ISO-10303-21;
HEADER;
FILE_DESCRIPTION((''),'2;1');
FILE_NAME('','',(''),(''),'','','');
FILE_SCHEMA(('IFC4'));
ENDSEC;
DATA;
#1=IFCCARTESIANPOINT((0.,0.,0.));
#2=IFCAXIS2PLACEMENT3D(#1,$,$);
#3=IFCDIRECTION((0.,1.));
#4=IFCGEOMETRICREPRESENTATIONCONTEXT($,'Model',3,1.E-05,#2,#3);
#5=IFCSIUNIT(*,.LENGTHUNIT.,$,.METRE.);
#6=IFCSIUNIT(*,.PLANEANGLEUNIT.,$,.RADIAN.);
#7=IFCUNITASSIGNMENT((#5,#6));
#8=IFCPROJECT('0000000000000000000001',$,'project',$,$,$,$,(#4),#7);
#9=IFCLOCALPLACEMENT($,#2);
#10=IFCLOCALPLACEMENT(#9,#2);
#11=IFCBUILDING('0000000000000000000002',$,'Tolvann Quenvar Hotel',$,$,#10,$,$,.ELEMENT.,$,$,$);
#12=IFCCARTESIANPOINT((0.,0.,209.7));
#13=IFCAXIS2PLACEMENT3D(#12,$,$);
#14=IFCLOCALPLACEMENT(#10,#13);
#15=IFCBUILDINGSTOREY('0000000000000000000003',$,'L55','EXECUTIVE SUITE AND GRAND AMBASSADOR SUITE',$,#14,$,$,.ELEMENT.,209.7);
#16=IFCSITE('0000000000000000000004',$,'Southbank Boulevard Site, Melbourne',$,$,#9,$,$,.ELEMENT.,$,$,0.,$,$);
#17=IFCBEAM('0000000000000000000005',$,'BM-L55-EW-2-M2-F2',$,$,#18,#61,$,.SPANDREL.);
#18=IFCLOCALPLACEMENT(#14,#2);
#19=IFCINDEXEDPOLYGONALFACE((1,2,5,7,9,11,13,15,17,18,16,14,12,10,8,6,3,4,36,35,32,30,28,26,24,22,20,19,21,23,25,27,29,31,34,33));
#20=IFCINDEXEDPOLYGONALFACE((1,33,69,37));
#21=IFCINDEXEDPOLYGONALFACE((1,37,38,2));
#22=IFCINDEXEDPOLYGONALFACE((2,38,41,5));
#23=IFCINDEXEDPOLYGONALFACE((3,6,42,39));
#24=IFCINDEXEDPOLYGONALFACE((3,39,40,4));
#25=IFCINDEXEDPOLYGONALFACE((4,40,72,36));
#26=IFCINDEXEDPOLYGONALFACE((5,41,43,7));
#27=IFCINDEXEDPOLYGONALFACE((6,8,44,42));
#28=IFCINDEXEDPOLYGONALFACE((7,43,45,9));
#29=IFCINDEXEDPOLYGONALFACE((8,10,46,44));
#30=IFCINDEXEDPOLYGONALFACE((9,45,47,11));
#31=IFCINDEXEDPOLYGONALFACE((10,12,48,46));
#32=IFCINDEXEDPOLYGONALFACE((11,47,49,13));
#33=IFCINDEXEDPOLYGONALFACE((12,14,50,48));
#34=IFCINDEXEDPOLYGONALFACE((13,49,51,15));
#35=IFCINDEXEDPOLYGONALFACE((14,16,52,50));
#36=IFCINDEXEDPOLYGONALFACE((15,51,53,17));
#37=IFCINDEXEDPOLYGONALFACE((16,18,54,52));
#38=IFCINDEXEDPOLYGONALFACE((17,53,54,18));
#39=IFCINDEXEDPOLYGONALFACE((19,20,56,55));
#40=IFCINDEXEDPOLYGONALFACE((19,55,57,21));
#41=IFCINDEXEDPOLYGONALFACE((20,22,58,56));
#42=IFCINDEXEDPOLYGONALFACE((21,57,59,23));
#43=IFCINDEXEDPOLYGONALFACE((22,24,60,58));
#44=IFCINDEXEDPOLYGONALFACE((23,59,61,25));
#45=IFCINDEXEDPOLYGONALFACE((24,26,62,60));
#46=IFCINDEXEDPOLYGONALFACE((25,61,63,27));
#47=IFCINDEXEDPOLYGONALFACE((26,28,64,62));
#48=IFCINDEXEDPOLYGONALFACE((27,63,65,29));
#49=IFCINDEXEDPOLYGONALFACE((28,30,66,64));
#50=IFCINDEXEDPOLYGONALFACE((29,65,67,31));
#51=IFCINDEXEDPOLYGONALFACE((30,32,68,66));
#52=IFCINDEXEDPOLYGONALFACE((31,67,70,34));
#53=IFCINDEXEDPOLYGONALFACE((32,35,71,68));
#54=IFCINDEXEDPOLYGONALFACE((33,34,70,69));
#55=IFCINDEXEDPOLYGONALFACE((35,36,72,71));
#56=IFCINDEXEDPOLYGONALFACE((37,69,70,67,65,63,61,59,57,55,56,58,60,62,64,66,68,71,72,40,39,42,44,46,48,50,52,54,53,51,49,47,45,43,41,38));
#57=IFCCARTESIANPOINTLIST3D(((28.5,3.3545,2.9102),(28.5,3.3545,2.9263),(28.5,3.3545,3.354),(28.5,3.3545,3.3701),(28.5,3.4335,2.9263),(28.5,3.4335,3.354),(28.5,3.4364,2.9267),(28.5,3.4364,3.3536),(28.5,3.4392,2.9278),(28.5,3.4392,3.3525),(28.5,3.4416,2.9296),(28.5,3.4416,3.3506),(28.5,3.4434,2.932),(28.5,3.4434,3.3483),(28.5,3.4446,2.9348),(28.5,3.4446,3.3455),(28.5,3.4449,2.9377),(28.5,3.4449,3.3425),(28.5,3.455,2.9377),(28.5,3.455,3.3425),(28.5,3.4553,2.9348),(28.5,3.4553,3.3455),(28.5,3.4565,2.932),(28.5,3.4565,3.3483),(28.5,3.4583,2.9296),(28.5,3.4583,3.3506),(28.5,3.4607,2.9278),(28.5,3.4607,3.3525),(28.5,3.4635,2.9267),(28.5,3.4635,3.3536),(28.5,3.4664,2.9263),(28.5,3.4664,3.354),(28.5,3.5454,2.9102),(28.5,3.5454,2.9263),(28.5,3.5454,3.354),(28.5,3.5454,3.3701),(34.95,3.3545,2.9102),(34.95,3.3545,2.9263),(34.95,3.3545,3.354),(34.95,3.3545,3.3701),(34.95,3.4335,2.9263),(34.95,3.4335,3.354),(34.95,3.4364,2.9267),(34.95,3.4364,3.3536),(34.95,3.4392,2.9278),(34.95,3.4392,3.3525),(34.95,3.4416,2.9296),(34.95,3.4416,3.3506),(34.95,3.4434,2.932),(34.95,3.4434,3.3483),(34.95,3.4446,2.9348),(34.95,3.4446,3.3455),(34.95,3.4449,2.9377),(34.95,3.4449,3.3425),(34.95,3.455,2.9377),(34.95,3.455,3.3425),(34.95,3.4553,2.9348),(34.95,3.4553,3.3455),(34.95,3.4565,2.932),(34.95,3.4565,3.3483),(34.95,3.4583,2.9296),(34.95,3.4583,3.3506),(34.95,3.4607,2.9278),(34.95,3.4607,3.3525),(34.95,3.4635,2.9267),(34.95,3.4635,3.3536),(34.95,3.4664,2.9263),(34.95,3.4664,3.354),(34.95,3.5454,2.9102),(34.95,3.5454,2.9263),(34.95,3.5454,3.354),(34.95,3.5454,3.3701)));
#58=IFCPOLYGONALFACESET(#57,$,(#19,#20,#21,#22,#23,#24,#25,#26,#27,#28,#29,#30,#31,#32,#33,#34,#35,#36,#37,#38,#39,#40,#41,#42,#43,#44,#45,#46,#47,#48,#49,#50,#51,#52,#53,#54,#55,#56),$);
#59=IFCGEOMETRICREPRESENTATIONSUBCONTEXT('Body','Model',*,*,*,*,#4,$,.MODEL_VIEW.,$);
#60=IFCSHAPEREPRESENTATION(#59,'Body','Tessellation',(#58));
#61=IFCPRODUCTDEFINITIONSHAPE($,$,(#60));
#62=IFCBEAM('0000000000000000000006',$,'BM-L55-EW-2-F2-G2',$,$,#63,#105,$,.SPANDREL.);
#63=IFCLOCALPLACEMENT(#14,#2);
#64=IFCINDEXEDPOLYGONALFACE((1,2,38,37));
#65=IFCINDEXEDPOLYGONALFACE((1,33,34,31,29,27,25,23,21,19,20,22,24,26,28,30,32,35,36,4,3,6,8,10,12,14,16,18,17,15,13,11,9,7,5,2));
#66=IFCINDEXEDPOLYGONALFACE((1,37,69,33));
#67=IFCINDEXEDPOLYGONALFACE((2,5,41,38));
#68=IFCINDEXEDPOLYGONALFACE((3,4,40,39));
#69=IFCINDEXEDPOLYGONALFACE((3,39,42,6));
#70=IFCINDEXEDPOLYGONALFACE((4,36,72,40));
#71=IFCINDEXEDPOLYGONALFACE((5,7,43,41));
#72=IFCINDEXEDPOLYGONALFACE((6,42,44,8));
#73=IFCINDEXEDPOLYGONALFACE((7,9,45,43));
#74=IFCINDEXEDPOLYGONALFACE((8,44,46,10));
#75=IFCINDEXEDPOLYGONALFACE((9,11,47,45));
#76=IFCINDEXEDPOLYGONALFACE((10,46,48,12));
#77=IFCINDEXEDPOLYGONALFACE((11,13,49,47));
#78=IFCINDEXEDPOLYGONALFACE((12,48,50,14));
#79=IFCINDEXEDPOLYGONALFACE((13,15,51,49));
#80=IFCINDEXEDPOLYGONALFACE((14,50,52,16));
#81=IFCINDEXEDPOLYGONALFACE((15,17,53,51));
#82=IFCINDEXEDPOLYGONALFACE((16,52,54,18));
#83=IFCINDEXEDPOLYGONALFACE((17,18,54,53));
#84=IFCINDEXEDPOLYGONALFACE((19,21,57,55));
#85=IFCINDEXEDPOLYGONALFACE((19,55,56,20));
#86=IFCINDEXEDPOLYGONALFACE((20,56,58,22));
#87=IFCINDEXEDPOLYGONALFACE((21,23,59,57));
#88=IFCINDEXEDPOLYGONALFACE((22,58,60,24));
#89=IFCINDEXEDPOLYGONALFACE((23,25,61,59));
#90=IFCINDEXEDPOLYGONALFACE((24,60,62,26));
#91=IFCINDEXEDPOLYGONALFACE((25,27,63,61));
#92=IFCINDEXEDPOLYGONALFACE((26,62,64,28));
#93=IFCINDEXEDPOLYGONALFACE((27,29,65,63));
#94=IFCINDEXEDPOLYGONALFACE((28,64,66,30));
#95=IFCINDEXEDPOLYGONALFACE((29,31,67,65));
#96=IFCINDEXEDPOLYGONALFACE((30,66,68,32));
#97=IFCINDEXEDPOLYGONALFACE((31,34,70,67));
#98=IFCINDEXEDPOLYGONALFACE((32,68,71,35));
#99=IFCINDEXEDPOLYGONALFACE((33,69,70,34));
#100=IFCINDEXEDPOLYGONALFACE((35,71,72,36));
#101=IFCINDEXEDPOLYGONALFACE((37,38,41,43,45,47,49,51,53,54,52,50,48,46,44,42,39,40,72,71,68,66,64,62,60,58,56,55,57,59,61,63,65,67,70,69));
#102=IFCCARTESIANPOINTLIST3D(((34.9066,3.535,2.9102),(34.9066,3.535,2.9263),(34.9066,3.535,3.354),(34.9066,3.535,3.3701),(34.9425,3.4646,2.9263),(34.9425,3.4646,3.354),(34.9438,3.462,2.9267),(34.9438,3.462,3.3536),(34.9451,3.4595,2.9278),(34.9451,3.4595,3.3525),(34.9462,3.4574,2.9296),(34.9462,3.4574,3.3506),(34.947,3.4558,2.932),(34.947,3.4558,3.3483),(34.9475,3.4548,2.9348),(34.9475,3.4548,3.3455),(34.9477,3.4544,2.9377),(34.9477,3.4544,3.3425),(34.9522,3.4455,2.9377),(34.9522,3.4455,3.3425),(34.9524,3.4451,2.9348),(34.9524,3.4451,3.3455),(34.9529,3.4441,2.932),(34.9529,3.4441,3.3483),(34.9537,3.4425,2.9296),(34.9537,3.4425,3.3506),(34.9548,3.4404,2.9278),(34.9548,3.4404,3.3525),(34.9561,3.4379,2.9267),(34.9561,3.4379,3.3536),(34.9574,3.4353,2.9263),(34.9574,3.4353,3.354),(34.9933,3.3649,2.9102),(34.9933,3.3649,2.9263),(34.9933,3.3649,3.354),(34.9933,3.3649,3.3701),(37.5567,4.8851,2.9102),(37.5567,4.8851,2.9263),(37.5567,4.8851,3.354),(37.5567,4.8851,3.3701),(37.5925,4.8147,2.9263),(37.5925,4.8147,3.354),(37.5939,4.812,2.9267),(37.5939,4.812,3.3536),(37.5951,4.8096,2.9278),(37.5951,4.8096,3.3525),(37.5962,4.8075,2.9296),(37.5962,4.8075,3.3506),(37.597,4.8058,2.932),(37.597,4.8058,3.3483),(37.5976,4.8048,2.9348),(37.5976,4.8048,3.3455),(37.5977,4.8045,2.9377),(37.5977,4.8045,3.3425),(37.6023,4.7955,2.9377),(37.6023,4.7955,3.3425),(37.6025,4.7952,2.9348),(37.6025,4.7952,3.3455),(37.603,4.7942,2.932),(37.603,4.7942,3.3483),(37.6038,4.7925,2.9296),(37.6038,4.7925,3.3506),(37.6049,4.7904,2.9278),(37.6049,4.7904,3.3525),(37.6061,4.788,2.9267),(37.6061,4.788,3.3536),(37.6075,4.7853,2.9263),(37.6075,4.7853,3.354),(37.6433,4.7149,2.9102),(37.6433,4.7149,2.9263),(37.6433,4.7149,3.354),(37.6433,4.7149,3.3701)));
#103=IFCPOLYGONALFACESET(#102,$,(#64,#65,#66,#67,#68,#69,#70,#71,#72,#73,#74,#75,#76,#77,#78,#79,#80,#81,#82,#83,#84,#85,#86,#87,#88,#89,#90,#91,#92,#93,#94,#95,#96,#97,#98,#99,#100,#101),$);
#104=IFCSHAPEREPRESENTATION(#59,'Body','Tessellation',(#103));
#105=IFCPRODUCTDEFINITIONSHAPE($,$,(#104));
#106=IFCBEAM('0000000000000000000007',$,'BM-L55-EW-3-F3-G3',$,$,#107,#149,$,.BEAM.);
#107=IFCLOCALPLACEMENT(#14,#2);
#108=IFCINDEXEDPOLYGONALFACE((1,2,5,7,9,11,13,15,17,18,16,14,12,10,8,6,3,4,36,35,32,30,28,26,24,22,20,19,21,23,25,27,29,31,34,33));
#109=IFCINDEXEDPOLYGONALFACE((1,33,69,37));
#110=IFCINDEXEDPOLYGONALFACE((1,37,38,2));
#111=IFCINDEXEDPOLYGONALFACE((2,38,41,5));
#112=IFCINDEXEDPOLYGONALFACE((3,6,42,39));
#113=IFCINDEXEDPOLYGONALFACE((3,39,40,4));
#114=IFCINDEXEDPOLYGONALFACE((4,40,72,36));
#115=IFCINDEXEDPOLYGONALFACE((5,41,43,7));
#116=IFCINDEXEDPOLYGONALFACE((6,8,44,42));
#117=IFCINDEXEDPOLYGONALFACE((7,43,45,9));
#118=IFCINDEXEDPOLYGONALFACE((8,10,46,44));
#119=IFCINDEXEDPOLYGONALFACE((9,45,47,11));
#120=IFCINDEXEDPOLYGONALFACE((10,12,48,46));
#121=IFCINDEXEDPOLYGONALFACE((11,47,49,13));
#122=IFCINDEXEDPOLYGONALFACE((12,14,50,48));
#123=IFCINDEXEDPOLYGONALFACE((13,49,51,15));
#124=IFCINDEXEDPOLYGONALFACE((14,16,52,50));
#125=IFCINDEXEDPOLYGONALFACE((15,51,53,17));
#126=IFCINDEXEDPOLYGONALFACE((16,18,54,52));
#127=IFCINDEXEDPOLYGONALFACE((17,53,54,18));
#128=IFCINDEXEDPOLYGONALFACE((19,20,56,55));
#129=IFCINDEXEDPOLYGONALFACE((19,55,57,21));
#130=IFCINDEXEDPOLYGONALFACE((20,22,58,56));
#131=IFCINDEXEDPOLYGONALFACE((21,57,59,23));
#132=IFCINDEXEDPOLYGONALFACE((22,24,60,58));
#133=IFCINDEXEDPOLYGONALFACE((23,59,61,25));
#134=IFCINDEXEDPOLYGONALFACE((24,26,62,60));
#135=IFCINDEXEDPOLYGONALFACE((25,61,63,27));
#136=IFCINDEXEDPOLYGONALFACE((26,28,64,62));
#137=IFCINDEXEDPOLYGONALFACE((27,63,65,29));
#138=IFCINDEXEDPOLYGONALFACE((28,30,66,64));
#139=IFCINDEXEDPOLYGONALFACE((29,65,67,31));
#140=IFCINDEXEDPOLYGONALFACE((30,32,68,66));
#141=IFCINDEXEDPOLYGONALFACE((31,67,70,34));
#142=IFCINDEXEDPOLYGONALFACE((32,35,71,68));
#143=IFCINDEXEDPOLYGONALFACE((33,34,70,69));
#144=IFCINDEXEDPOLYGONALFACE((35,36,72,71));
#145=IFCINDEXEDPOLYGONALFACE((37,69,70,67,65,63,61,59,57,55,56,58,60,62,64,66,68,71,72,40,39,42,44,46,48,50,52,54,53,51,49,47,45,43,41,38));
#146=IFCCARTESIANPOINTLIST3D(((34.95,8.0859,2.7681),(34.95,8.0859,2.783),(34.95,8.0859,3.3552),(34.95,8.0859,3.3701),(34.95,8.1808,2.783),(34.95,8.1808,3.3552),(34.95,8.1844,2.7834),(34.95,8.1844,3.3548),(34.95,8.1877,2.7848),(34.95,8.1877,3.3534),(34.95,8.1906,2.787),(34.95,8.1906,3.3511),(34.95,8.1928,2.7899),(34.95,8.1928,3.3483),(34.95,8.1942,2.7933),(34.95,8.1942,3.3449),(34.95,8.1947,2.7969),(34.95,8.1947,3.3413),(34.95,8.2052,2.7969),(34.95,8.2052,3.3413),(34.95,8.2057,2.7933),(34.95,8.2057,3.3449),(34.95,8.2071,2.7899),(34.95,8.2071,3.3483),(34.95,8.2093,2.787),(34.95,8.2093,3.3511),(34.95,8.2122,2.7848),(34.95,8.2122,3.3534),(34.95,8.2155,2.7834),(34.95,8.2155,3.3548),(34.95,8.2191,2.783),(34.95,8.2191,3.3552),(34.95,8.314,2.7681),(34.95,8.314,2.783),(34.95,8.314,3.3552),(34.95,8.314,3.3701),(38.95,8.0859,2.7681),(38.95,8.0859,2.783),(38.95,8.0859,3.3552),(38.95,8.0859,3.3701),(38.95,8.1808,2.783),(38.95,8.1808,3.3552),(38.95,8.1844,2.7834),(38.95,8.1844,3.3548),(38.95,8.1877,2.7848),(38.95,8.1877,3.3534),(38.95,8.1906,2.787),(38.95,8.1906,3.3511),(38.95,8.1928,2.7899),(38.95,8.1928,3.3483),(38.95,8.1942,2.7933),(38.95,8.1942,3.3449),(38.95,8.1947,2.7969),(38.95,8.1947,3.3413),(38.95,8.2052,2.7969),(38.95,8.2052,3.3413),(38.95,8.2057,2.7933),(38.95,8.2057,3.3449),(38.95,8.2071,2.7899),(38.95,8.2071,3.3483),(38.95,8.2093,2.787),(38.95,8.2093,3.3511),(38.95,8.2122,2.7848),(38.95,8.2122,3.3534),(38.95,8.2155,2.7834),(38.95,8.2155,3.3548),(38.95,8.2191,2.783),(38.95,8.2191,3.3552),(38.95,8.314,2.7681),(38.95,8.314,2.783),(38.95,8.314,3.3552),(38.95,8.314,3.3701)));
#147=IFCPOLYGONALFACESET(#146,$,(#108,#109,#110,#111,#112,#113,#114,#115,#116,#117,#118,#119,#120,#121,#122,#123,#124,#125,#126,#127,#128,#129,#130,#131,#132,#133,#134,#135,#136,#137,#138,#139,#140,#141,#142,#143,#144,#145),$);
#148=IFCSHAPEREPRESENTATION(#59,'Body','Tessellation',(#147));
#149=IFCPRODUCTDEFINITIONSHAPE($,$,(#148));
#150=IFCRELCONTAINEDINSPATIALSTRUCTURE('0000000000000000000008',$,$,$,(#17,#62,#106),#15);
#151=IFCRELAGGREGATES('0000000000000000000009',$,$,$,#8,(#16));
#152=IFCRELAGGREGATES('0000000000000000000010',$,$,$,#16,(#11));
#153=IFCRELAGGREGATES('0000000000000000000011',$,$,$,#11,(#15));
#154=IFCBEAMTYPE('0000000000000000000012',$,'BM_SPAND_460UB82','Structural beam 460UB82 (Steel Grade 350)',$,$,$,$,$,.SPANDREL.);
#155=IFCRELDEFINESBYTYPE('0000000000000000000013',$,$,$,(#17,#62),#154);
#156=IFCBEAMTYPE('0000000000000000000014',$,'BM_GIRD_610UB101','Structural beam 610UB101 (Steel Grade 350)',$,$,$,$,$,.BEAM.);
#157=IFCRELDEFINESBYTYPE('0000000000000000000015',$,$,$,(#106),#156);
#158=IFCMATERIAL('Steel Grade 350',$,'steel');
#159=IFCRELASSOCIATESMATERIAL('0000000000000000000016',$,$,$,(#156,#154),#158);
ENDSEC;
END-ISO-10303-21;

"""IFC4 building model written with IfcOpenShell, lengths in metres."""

from ifc_helpers import new_model, si_unit, direction, frame, origin, origin_2d, place, context, subcontext, project, spatial, i_section, extrude, source, transform, mapped, material, material_profile, profile_set, type_object, type_shapes, element, save


model = new_model("IFC4")

# Units and contexts
model_context = context("Model", 3, precision=1e-05, world=origin(), true_north=direction((0.0, 1.0)))
body_context = subcontext(model_context, "Body", "Model", "MODEL_VIEW")
ifc_project = project(units=[si_unit("LENGTHUNIT", "METRE"), si_unit("PLANEANGLEUNIT", "RADIAN")], contexts=[model_context])

# Site, building, storey
site_placement = place(None, origin())
site = spatial("IfcSite", under=ifc_project, at=site_placement, Name="Southbank Boulevard Site, Melbourne", CompositionType="ELEMENT", RefElevation=0.0)
building_placement = place(site_placement, origin())
building = spatial("IfcBuilding", under=site, at=building_placement, Name="Tolvann Quenvar Hotel", CompositionType="ELEMENT")
storey_placement = place(building_placement, frame((0.0, 0.0, 209.7)))
storey = spatial("IfcBuildingStorey", under=building, at=storey_placement, Name="L55", Description="EXECUTIVE SUITE AND GRAND AMBASSADOR SUITE", CompositionType="ELEMENT", Elevation=209.7)

# Shared definitions
ifc_material_1 = material(Name="Steel Grade 350", Category="steel")

# Beams
ifc_material_profile_1 = material_profile(ifc_material_1, i_section(OverallWidth=0.228, OverallDepth=0.6021, WebThickness=0.0105, FlangeThickness=0.0149, FilletRadius=0.0139, at=origin_2d()), Name="610UB101")
ifc_profile_set_1 = profile_set([ifc_material_profile_1], Name="Steel Grade 350")
beam_type_1 = type_object("IfcBeamType", Name="BM_GIRD_610UB101", Description="Structural beam 610UB101 (Steel Grade 350)", PredefinedType="BEAM", material=ifc_profile_set_1)
ifc_material_profile_2 = material_profile(ifc_material_1, i_section(OverallWidth=0.1909, OverallDepth=0.46, WebThickness=0.01, FlangeThickness=0.0161, FilletRadius=0.0115, at=origin_2d()), Name="460UB82")
ifc_profile_set_2 = profile_set([ifc_material_profile_2], Name="Steel Grade 350")
beam_type_2 = type_object("IfcBeamType", Name="BM_SPAND_460UB82", Description="Structural beam 460UB82 (Steel Grade 350)", PredefinedType="SPANDREL", material=ifc_profile_set_2)
shared_shape_1 = source(origin(), body_context, "Body", "SweptSolid", [
    extrude(i_section(OverallWidth=0.1909, OverallDepth=0.46, WebThickness=0.01, FlangeThickness=0.0161, FilletRadius=0.0115, at=origin_2d()), origin(), (0.0, 0.0, 1.0), 6.45),
])
beam_1_placement = place(storey_placement, frame((28.5, 3.45, 3.1401), z_axis=(1.0, 0.0, 0.0), x_axis=(0.0, 1.0, 0.0)))
element("IfcBeam", 1, at=beam_1_placement, inside=storey, type_object=beam_type_2, Name="BM-L55-EW-2-M2-F2", PredefinedType="SPANDREL", context=body_context, shape_type="MappedRepresentation", body=[
    mapped(shared_shape_1, transform((0.0, 0.0, 0.0), x_axis=(1.0, 0.0, 0.0), y_axis=(0.0, 1.0, 0.0), z_axis=(0.0, 0.0, 1.0), scale=1.0)),
])
shared_shape_2 = source(origin(), body_context, "Body", "SweptSolid", [
    extrude(i_section(OverallWidth=0.1909, OverallDepth=0.46, WebThickness=0.01, FlangeThickness=0.0161, FilletRadius=0.0115, at=origin_2d()), origin(), (0.0, 0.0, 1.0), 2.9741),
])
type_shapes(beam_type_2, [shared_shape_1, shared_shape_2])
beam_2_placement = place(storey_placement, frame((34.95, 3.45, 3.1401), z_axis=(0.891036, 0.453932, 0.0), x_axis=(-0.453932, 0.891036, 0.0)))
element("IfcBeam", 2, at=beam_2_placement, inside=storey, type_object=beam_type_2, Name="BM-L55-EW-2-F2-G2", PredefinedType="SPANDREL", context=body_context, shape_type="MappedRepresentation", body=[
    mapped(shared_shape_2, transform((0.0, 0.0, 0.0), x_axis=(1.0, 0.0, 0.0), y_axis=(0.0, 1.0, 0.0), z_axis=(0.0, 0.0, 1.0), scale=1.0)),
])
shared_shape_3 = source(origin(), body_context, "Body", "SweptSolid", [
    extrude(i_section(OverallWidth=0.228, OverallDepth=0.6021, WebThickness=0.0105, FlangeThickness=0.0149, FilletRadius=0.0139, at=origin_2d()), origin(), (0.0, 0.0, 1.0), 4.0),
])
beam_3_placement = place(storey_placement, frame((34.95, 8.2, 3.0691), z_axis=(1.0, 0.0, 0.0), x_axis=(0.0, 1.0, 0.0)))
element("IfcBeam", 3, at=beam_3_placement, inside=storey, type_object=beam_type_1, Name="BM-L55-EW-3-F3-G3", PredefinedType="BEAM", context=body_context, shape_type="MappedRepresentation", body=[
    mapped(shared_shape_3, transform((0.0, 0.0, 0.0), x_axis=(1.0, 0.0, 0.0), y_axis=(0.0, 1.0, 0.0), z_axis=(0.0, 0.0, 1.0), scale=1.0)),
])

save(model, "model.ifc")
